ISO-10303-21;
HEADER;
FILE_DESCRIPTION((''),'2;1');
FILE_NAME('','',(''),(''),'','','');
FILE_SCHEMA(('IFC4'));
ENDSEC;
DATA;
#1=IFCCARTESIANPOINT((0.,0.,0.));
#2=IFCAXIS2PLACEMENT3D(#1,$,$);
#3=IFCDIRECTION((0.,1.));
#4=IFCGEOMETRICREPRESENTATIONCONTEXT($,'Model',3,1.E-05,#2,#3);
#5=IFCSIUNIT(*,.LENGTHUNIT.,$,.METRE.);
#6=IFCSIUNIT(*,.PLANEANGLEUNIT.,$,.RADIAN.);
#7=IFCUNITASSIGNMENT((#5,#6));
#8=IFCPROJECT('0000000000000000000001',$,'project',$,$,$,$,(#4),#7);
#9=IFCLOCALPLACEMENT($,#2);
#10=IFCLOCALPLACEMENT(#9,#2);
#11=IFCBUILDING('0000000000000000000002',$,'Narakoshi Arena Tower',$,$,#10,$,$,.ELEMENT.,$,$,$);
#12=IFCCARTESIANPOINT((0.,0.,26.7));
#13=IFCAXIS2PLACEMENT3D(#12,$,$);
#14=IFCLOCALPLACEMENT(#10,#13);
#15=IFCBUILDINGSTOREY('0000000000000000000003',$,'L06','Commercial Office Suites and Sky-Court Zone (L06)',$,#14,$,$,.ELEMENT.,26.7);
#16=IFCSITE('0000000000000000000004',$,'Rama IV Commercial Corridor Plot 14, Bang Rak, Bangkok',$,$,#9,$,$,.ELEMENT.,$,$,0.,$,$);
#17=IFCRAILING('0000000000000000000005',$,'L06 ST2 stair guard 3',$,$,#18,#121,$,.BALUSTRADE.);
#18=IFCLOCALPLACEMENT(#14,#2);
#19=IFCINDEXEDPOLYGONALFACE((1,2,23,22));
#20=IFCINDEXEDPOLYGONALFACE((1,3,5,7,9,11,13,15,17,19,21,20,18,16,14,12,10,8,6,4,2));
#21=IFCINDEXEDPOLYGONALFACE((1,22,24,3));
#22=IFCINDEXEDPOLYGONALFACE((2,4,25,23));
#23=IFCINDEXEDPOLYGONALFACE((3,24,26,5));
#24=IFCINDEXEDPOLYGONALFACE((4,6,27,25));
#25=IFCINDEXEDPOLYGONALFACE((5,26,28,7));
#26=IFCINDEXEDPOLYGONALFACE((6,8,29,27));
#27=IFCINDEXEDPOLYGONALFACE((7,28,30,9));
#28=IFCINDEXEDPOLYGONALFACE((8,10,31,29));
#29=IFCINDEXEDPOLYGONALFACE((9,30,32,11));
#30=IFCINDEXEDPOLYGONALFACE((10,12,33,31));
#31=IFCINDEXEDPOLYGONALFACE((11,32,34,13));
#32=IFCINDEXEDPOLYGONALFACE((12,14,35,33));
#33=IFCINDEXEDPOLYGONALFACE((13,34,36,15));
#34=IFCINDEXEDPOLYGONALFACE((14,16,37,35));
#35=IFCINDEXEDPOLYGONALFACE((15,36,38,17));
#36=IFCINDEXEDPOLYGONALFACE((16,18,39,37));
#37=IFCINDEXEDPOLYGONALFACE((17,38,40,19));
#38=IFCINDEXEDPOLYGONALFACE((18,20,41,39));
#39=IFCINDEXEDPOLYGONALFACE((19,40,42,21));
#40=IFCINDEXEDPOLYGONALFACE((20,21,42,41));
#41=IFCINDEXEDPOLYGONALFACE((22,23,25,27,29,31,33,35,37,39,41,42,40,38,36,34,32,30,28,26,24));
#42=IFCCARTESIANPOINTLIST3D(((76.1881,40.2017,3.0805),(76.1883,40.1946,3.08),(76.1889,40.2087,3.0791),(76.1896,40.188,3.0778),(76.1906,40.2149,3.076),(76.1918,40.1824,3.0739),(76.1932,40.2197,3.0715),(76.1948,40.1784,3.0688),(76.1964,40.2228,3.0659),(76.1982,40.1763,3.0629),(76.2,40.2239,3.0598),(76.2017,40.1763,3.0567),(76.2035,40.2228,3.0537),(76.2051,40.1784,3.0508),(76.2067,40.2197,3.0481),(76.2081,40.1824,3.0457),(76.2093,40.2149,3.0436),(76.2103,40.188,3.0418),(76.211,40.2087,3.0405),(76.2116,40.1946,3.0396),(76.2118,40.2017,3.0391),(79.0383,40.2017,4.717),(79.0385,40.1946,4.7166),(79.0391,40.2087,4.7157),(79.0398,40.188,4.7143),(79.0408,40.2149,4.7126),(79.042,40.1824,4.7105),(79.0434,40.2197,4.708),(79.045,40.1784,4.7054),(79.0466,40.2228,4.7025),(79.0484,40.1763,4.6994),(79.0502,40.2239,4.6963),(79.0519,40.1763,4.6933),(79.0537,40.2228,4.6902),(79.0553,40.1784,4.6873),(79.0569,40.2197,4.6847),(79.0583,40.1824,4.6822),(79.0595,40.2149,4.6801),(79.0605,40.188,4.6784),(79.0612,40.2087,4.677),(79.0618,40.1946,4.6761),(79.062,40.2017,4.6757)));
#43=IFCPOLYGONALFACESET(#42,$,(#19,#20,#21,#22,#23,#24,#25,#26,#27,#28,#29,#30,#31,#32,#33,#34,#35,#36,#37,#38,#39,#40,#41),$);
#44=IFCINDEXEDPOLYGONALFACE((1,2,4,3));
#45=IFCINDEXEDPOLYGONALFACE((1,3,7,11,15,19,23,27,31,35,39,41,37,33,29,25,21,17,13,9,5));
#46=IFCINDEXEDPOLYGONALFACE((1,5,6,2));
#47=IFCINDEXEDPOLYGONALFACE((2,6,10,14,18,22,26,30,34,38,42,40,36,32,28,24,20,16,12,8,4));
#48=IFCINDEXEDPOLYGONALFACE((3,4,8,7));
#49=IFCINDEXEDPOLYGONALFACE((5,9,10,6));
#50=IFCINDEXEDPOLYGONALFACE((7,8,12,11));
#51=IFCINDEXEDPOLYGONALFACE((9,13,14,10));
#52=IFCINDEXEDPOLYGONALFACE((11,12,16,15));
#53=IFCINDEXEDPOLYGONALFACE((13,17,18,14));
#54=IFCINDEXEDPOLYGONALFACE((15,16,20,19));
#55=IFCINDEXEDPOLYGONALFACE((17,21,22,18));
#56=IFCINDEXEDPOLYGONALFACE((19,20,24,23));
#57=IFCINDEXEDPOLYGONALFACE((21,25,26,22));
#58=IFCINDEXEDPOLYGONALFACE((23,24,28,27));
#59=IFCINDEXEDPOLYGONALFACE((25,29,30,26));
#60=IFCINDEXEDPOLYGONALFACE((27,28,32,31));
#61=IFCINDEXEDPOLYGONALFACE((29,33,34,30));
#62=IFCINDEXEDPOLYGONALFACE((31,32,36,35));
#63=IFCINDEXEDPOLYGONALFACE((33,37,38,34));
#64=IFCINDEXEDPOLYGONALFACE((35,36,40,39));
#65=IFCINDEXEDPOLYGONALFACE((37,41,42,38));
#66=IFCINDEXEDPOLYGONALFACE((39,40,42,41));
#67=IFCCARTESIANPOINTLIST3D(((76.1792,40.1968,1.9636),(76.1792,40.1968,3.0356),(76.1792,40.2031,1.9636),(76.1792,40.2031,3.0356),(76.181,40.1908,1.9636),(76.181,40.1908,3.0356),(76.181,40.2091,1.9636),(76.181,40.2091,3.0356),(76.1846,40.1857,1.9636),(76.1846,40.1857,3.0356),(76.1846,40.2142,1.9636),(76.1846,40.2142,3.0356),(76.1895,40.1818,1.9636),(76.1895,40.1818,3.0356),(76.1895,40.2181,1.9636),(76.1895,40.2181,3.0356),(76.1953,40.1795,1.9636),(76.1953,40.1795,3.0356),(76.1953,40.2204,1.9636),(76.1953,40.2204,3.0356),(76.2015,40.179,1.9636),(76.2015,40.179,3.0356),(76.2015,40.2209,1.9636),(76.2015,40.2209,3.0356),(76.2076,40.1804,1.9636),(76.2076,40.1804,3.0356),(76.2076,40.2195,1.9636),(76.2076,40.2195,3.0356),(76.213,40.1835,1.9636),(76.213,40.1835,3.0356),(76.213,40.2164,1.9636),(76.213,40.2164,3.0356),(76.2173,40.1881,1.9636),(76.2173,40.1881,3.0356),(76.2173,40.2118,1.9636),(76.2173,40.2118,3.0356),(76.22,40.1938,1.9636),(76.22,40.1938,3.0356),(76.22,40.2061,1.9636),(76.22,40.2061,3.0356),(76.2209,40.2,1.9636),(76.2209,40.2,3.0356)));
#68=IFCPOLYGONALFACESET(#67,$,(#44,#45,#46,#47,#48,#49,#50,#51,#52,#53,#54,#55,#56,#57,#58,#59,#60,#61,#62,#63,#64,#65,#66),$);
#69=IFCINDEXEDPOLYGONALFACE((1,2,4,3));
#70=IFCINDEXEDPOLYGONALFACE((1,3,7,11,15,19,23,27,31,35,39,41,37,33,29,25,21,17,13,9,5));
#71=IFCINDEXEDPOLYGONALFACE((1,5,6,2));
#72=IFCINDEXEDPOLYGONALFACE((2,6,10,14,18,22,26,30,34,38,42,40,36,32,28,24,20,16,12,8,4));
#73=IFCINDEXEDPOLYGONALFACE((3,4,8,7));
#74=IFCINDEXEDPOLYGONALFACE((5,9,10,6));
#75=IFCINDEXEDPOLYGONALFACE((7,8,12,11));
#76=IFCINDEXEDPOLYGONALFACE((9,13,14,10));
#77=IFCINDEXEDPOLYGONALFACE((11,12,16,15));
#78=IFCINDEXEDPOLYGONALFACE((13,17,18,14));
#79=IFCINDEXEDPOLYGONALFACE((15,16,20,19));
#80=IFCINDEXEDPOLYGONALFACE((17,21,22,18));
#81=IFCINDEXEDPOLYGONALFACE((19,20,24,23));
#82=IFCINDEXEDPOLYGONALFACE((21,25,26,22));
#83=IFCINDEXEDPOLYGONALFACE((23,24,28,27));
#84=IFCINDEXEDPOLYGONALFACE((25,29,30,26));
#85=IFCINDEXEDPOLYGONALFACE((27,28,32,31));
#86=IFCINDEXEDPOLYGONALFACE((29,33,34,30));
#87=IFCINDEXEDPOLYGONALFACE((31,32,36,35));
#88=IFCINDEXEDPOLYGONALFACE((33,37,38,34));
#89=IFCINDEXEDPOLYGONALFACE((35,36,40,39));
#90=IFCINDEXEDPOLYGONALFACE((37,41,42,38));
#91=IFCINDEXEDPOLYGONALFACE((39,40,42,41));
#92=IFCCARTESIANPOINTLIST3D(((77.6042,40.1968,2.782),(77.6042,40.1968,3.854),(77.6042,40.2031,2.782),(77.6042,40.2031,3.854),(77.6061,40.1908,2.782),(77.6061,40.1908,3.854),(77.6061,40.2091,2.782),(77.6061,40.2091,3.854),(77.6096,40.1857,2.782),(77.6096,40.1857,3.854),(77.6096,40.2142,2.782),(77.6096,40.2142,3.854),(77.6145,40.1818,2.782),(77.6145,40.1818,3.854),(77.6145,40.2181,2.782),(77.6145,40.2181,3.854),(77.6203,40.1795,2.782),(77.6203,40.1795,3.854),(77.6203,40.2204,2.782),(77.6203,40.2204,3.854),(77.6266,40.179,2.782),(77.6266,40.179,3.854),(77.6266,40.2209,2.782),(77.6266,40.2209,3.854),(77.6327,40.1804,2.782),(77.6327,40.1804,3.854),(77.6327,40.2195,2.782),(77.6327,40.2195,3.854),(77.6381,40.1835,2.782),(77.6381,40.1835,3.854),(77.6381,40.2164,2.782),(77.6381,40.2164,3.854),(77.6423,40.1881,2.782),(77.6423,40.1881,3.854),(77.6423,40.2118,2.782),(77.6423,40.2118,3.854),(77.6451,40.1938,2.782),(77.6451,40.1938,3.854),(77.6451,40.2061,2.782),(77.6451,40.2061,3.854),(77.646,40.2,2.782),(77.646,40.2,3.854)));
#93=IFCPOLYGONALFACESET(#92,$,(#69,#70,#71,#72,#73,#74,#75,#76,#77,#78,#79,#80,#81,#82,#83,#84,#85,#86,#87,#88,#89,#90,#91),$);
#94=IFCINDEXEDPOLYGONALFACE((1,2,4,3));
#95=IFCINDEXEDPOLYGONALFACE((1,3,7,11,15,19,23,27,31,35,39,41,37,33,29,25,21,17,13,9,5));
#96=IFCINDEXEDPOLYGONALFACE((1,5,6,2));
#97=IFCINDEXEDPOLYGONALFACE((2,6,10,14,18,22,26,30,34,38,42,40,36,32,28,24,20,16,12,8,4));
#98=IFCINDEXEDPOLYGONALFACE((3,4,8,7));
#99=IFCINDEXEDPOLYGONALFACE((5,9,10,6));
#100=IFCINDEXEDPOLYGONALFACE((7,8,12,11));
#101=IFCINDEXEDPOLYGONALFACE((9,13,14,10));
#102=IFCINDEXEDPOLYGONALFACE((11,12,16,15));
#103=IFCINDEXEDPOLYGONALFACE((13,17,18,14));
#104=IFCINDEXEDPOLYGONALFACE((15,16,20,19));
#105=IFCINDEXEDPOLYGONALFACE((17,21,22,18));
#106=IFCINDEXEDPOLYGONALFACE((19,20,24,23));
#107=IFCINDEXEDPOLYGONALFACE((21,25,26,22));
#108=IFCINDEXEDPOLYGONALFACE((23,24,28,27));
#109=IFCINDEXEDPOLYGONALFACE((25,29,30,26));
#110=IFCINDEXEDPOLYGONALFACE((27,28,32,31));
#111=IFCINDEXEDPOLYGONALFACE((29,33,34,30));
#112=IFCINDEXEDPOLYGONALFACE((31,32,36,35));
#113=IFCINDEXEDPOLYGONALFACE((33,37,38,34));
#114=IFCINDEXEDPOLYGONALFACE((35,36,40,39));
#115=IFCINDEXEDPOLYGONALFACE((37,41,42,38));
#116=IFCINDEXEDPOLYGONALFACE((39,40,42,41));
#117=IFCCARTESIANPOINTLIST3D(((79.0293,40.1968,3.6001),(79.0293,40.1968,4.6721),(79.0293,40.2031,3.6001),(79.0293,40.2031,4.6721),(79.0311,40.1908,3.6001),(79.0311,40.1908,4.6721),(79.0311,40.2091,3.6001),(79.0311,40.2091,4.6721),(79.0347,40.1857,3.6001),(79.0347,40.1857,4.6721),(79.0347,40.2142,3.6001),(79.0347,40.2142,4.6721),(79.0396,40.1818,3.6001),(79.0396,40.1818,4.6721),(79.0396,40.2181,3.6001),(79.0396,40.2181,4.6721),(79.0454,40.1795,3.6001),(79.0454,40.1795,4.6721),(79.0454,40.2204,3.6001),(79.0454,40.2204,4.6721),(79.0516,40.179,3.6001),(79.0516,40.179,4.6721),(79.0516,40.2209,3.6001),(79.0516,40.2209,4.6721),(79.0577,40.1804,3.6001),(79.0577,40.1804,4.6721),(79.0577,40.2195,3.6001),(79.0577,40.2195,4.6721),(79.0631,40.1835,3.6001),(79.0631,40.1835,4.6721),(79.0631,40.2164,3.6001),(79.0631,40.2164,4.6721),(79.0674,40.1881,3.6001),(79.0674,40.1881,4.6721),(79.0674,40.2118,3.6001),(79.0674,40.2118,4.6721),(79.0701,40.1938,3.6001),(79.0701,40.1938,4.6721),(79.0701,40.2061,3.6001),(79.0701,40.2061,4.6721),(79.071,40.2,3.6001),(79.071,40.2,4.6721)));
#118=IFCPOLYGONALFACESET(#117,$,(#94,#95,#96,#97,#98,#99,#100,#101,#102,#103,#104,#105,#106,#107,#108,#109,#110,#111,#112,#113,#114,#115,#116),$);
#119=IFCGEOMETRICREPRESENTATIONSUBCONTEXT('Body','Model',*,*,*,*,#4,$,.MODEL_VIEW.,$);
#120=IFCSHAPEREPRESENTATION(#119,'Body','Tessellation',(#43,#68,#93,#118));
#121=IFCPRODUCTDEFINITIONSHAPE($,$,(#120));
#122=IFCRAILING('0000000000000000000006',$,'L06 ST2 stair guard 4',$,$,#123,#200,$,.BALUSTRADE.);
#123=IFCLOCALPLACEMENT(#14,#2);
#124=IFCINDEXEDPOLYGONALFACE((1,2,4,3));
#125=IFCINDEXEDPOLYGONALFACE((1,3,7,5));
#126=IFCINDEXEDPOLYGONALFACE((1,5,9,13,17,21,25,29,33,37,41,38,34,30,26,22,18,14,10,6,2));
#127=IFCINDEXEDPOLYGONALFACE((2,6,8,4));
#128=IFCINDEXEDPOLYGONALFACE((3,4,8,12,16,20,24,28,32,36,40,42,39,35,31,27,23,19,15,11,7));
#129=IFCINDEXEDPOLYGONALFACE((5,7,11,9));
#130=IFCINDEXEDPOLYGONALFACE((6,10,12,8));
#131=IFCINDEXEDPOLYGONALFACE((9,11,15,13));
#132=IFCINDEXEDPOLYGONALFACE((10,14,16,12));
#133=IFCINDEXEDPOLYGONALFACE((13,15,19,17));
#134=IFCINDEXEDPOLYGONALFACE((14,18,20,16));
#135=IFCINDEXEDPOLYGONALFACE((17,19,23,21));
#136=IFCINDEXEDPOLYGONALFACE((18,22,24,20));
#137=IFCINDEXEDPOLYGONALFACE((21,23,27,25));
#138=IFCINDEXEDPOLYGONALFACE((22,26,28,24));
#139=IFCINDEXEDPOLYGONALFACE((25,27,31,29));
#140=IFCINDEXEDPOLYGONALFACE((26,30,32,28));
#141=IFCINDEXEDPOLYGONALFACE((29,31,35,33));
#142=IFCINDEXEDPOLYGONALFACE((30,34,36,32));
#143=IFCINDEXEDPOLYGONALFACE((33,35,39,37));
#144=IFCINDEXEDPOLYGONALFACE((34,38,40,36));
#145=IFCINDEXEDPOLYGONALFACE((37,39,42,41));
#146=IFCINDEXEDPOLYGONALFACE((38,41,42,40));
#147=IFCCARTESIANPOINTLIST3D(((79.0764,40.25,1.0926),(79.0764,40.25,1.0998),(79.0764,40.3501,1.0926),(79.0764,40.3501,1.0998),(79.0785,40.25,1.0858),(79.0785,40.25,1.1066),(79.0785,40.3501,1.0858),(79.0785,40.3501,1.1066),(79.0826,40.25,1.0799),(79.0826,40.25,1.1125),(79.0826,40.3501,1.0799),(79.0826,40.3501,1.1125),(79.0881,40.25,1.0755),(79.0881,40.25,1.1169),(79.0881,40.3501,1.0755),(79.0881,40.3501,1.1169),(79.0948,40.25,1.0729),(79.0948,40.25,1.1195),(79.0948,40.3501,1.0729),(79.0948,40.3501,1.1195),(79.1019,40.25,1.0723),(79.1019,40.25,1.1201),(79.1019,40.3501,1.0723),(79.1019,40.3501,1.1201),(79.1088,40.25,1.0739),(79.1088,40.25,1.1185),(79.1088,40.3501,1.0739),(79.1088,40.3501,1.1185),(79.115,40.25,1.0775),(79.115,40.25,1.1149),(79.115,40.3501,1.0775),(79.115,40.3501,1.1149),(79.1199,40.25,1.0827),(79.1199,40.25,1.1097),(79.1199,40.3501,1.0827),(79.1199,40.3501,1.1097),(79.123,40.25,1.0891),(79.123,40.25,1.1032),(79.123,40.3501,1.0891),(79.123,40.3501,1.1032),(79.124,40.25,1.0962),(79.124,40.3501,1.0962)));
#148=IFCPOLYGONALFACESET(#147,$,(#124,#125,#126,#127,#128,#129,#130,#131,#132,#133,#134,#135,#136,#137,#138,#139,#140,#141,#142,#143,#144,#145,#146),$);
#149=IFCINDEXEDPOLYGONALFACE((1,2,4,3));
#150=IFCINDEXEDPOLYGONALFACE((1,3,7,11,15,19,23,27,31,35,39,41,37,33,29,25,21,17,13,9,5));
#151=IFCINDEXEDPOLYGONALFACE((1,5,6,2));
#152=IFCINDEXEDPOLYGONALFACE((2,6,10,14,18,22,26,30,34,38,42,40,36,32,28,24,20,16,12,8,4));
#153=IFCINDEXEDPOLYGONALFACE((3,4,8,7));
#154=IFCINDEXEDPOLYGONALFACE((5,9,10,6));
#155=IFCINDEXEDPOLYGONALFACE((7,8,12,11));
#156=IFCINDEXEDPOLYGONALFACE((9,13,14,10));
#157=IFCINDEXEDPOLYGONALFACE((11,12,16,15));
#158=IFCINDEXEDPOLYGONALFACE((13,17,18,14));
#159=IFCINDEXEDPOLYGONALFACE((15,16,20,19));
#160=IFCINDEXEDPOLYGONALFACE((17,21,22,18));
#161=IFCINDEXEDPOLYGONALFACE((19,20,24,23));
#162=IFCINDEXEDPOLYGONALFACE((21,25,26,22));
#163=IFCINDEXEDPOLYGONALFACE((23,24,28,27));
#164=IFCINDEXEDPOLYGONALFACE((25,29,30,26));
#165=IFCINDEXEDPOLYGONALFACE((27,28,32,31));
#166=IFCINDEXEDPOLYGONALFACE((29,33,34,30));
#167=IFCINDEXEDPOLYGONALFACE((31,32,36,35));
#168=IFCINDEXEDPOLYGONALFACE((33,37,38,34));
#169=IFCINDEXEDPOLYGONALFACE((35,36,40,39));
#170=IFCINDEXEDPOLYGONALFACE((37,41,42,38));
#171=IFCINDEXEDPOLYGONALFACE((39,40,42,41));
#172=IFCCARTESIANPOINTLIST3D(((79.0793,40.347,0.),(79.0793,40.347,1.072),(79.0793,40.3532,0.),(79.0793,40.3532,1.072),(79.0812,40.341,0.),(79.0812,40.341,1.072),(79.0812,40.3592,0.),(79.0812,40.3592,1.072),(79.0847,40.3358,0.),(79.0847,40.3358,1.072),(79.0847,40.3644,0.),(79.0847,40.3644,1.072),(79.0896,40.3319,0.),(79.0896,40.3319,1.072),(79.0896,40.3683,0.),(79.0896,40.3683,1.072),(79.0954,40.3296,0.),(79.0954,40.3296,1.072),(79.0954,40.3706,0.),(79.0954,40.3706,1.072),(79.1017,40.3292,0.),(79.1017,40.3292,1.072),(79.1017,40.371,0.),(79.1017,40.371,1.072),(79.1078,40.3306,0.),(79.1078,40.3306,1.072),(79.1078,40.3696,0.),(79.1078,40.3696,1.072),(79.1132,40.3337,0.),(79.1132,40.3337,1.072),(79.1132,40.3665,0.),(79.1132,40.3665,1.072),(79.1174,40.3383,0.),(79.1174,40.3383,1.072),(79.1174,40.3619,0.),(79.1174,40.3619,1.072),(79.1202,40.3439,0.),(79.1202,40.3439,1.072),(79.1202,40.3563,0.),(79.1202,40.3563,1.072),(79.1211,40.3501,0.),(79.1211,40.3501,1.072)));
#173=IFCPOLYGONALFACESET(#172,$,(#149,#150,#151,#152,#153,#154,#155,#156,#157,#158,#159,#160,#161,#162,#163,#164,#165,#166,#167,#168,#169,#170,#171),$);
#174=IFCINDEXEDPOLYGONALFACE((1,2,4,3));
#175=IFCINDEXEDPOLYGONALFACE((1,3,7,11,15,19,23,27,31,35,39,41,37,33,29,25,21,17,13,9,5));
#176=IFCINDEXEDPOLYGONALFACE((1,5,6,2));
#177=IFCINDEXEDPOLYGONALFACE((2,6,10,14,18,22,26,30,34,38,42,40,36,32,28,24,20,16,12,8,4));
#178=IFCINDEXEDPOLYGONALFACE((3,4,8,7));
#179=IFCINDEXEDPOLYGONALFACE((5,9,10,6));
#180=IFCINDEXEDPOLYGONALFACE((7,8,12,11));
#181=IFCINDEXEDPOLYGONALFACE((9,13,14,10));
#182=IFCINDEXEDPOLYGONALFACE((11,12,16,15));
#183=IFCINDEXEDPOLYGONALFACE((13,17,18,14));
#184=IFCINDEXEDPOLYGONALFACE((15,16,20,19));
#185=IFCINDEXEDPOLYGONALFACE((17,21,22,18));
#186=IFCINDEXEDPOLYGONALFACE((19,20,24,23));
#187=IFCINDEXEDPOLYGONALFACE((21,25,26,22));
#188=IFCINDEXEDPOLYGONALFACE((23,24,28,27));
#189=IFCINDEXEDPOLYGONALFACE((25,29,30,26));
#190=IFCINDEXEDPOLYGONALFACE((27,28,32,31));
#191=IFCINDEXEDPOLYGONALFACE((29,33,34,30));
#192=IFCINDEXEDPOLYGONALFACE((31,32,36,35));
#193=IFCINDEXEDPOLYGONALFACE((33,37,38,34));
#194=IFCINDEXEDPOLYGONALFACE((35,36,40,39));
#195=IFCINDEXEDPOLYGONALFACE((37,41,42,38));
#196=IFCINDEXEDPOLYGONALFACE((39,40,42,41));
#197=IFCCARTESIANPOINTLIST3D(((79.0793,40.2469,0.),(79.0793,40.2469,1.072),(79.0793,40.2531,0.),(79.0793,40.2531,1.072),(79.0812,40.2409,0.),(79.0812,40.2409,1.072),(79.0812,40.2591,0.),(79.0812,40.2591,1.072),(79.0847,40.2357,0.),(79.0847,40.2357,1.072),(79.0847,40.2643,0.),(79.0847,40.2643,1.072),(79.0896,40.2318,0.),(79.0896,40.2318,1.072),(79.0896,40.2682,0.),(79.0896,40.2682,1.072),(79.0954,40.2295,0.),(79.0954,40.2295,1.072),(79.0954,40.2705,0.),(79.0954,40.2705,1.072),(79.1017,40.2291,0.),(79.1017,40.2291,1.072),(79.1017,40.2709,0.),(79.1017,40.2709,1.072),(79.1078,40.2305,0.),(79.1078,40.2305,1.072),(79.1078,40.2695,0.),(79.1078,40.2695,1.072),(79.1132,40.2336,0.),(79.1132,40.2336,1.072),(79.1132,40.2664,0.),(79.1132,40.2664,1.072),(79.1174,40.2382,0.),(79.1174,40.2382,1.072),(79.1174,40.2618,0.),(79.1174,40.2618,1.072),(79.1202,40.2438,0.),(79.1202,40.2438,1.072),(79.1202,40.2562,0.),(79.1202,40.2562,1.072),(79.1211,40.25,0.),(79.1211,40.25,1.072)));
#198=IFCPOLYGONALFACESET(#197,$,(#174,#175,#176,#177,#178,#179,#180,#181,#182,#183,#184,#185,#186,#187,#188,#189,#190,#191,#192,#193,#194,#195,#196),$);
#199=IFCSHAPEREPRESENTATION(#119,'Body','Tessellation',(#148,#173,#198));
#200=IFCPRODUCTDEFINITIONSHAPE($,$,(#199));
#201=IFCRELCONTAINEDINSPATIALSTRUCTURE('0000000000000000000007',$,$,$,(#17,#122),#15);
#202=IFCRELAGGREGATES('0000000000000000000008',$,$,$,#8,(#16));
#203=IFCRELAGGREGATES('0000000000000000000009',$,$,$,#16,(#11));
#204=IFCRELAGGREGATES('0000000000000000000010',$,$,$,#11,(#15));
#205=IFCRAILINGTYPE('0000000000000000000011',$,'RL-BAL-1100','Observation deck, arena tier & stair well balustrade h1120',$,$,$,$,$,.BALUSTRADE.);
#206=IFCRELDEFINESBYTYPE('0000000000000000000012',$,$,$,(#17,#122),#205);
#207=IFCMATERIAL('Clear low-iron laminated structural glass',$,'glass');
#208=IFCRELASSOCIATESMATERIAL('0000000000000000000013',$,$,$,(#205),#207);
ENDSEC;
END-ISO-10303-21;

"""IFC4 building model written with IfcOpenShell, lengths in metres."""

from ifc_helpers import new_model, si_unit, direction, frame, origin, origin_2d, place, context, subcontext, project, spatial, circle, extrude, material, type_object, element, save


model = new_model("IFC4")

# Units and contexts
model_context = context("Model", 3, precision=1e-05, world=origin(), true_north=direction((0.0, 1.0)))
body_context = subcontext(model_context, "Body", "Model", "MODEL_VIEW")
ifc_project = project(units=[si_unit("LENGTHUNIT", "METRE"), si_unit("PLANEANGLEUNIT", "RADIAN")], contexts=[model_context])

# Site, building, storey
site_placement = place(None, origin())
site = spatial("IfcSite", under=ifc_project, at=site_placement, Name="Rama IV Commercial Corridor Plot 14, Bang Rak, Bangkok", CompositionType="ELEMENT", RefElevation=0.0)
building_placement = place(site_placement, origin())
building = spatial("IfcBuilding", under=site, at=building_placement, Name="Narakoshi Arena Tower", CompositionType="ELEMENT")
storey_placement = place(building_placement, frame((0.0, 0.0, 26.7)))
storey = spatial("IfcBuildingStorey", under=building, at=storey_placement, Name="L06", Description="Commercial Office Suites and Sky-Court Zone (L06)", CompositionType="ELEMENT", Elevation=26.7)

# Railings
ifc_material_1 = material(Name="Clear low-iron laminated structural glass", Category="glass")
railing_type_1 = type_object("IfcRailingType", Name="RL-BAL-1100", Description="Observation deck, arena tier & stair well balustrade h1120", PredefinedType="BALUSTRADE", material=ifc_material_1)
railing_1_placement = place(storey_placement, frame((76.2, 40.2, 1.9636)))
element("IfcRailing", 1, at=railing_1_placement, inside=storey, type_object=railing_type_1, Name="L06 ST2 stair guard 3", PredefinedType="BALUSTRADE", context=body_context, shape_type="SweptSolid", body=[
    extrude(circle(Radius=0.0239, at=origin_2d()), frame((0.0, 0.0, 1.0962), z_axis=(0.867213, 0.0, 0.497938), x_axis=(0.0, 1.0, 0.0)), (0.0, 0.0, 1.0), 3.2866),
    extrude(circle(Radius=0.021, at=origin_2d()), origin(), (0.0, 0.0, 1.0), 1.072),
    extrude(circle(Radius=0.021, at=origin_2d()), frame((1.425, 0.0, 0.8184)), (0.0, 0.0, 1.0), 1.072),
    extrude(circle(Radius=0.021, at=origin_2d()), frame((2.8501, 0.0, 1.6365)), (0.0, 0.0, 1.0), 1.072),
])
railing_2_placement = place(storey_placement, frame((79.1001, 40.3501, 0.0)))
element("IfcRailing", 2, at=railing_2_placement, inside=storey, type_object=railing_type_1, Name="L06 ST2 stair guard 4", PredefinedType="BALUSTRADE", context=body_context, shape_type="SweptSolid", body=[
    extrude(circle(Radius=0.0239, at=origin_2d()), frame((0.0, 0.0, 1.0962), z_axis=(0.0, -1.0, 0.0), x_axis=(1.0, 0.0, 0.0)), (0.0, 0.0, 1.0), 0.1001),
    extrude(circle(Radius=0.021, at=origin_2d()), origin(), (0.0, 0.0, 1.0), 1.072),
    extrude(circle(Radius=0.021, at=origin_2d()), frame((0.0, -0.1001, 0.0)), (0.0, 0.0, 1.0), 1.072),
])

save(model, "model.ifc")
